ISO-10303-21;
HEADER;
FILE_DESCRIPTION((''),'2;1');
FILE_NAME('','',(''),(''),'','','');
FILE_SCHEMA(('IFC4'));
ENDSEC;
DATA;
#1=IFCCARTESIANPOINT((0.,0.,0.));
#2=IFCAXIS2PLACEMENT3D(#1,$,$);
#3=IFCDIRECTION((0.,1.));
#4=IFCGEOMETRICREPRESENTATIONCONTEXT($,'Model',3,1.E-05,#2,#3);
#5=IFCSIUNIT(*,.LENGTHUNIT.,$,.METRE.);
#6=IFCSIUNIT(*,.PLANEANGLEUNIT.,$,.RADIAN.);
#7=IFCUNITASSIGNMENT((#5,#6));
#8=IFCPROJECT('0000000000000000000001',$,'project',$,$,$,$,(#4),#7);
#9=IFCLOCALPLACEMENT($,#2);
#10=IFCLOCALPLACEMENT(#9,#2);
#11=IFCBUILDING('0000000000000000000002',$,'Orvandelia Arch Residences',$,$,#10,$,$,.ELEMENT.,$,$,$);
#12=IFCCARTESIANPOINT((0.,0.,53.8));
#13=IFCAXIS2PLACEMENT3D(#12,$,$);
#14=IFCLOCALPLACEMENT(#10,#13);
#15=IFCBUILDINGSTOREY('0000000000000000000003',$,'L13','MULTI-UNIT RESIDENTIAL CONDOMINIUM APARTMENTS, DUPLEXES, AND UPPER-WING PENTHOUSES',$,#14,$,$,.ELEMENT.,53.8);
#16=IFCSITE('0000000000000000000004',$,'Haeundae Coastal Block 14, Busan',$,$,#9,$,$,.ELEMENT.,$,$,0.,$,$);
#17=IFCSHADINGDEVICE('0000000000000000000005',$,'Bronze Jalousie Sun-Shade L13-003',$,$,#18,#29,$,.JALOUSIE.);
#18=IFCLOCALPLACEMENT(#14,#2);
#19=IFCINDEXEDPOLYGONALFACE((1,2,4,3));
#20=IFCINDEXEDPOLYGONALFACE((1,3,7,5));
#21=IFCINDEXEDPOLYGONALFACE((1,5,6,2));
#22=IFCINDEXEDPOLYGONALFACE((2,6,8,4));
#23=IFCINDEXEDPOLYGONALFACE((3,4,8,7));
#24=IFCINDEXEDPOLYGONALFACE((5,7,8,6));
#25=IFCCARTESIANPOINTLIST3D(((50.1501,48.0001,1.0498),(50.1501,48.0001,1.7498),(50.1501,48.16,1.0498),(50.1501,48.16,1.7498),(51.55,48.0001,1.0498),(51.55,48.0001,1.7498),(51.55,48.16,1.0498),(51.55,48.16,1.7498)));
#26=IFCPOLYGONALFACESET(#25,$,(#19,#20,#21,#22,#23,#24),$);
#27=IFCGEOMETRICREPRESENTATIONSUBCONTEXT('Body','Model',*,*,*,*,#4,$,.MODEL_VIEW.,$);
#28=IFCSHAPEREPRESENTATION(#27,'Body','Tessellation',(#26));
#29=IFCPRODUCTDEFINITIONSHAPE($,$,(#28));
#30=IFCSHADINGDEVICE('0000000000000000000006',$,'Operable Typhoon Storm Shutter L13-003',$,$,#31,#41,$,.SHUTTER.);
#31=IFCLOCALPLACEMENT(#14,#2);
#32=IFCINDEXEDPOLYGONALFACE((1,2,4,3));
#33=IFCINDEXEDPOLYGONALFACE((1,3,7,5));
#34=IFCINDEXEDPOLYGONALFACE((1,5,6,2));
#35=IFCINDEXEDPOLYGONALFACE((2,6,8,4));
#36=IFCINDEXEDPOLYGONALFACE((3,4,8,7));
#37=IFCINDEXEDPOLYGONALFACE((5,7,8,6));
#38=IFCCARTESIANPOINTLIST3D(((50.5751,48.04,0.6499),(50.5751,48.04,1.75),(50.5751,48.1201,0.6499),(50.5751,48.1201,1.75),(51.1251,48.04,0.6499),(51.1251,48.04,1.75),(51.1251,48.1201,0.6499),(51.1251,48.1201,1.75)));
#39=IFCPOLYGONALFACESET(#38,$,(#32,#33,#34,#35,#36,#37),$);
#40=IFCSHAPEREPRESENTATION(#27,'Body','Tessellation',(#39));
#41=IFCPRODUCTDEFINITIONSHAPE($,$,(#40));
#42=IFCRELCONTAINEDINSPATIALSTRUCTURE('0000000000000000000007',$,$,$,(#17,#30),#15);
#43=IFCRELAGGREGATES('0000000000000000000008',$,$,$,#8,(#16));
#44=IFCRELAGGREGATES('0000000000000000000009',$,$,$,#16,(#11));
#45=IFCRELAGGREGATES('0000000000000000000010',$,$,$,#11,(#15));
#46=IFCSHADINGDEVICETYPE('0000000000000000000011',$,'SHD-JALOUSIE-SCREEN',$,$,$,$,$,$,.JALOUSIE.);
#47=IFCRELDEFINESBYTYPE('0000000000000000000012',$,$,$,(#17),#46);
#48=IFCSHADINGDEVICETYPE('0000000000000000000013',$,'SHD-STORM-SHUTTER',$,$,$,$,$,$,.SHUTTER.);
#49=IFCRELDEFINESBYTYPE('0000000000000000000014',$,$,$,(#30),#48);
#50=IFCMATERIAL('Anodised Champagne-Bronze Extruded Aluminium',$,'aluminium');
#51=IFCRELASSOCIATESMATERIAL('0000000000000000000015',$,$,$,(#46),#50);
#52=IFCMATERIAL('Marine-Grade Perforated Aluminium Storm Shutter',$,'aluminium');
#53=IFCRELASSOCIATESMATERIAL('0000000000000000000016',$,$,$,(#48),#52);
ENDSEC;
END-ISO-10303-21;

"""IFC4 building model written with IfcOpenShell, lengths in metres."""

from ifc_helpers import new_model, si_unit, direction, frame, origin, origin_2d, place, context, subcontext, project, spatial, rectangle, extrude, material, type_object, element, save


model = new_model("IFC4")

# Units and contexts
model_context = context("Model", 3, precision=1e-05, world=origin(), true_north=direction((0.0, 1.0)))
body_context = subcontext(model_context, "Body", "Model", "MODEL_VIEW")
ifc_project = project(units=[si_unit("LENGTHUNIT", "METRE"), si_unit("PLANEANGLEUNIT", "RADIAN")], contexts=[model_context])

# Site, building, storey
site_placement = place(None, origin())
site = spatial("IfcSite", under=ifc_project, at=site_placement, Name="Haeundae Coastal Block 14, Busan", CompositionType="ELEMENT", RefElevation=0.0)
building_placement = place(site_placement, origin())
building = spatial("IfcBuilding", under=site, at=building_placement, Name="Orvandelia Arch Residences", CompositionType="ELEMENT")
storey_placement = place(building_placement, frame((0.0, 0.0, 53.8)))
storey = spatial("IfcBuildingStorey", under=building, at=storey_placement, Name="L13", Description="MULTI-UNIT RESIDENTIAL CONDOMINIUM APARTMENTS, DUPLEXES, AND UPPER-WING PENTHOUSES", CompositionType="ELEMENT", Elevation=53.8)

# Shading devices
ifc_material_1 = material(Name="Anodised Champagne-Bronze Extruded Aluminium", Category="aluminium")
shading_device_type_1 = type_object("IfcShadingDeviceType", Name="SHD-JALOUSIE-SCREEN", PredefinedType="JALOUSIE", material=ifc_material_1)
shading_device_1_placement = place(storey_placement, frame((50.8501, 48.0801, 1.0498), z_axis=(0.0, 0.0, 1.0), x_axis=(1.0, 0.0, 0.0)))
element("IfcShadingDevice", 1, at=shading_device_1_placement, inside=storey, type_object=shading_device_type_1, Name="Bronze Jalousie Sun-Shade L13-003", PredefinedType="JALOUSIE", context=body_context, shape_type="SweptSolid", body=[
    extrude(rectangle(XDim=1.3999, YDim=0.1599, at=origin_2d()), origin(), (0.0, 0.0, 1.0), 0.7),
])
ifc_material_2 = material(Name="Marine-Grade Perforated Aluminium Storm Shutter", Category="aluminium")
shading_device_type_2 = type_object("IfcShadingDeviceType", Name="SHD-STORM-SHUTTER", PredefinedType="SHUTTER", material=ifc_material_2)
shading_device_2_placement = place(storey_placement, frame((50.8501, 48.0801, 0.6499), z_axis=(0.0, 0.0, 1.0), x_axis=(1.0, 0.0, 0.0)))
element("IfcShadingDevice", 2, at=shading_device_2_placement, inside=storey, type_object=shading_device_type_2, Name="Operable Typhoon Storm Shutter L13-003", PredefinedType="SHUTTER", context=body_context, shape_type="SweptSolid", body=[
    extrude(rectangle(XDim=0.55, YDim=0.0801, at=origin_2d()), origin(), (0.0, 0.0, 1.0), 1.1001),
])

save(model, "model.ifc")
